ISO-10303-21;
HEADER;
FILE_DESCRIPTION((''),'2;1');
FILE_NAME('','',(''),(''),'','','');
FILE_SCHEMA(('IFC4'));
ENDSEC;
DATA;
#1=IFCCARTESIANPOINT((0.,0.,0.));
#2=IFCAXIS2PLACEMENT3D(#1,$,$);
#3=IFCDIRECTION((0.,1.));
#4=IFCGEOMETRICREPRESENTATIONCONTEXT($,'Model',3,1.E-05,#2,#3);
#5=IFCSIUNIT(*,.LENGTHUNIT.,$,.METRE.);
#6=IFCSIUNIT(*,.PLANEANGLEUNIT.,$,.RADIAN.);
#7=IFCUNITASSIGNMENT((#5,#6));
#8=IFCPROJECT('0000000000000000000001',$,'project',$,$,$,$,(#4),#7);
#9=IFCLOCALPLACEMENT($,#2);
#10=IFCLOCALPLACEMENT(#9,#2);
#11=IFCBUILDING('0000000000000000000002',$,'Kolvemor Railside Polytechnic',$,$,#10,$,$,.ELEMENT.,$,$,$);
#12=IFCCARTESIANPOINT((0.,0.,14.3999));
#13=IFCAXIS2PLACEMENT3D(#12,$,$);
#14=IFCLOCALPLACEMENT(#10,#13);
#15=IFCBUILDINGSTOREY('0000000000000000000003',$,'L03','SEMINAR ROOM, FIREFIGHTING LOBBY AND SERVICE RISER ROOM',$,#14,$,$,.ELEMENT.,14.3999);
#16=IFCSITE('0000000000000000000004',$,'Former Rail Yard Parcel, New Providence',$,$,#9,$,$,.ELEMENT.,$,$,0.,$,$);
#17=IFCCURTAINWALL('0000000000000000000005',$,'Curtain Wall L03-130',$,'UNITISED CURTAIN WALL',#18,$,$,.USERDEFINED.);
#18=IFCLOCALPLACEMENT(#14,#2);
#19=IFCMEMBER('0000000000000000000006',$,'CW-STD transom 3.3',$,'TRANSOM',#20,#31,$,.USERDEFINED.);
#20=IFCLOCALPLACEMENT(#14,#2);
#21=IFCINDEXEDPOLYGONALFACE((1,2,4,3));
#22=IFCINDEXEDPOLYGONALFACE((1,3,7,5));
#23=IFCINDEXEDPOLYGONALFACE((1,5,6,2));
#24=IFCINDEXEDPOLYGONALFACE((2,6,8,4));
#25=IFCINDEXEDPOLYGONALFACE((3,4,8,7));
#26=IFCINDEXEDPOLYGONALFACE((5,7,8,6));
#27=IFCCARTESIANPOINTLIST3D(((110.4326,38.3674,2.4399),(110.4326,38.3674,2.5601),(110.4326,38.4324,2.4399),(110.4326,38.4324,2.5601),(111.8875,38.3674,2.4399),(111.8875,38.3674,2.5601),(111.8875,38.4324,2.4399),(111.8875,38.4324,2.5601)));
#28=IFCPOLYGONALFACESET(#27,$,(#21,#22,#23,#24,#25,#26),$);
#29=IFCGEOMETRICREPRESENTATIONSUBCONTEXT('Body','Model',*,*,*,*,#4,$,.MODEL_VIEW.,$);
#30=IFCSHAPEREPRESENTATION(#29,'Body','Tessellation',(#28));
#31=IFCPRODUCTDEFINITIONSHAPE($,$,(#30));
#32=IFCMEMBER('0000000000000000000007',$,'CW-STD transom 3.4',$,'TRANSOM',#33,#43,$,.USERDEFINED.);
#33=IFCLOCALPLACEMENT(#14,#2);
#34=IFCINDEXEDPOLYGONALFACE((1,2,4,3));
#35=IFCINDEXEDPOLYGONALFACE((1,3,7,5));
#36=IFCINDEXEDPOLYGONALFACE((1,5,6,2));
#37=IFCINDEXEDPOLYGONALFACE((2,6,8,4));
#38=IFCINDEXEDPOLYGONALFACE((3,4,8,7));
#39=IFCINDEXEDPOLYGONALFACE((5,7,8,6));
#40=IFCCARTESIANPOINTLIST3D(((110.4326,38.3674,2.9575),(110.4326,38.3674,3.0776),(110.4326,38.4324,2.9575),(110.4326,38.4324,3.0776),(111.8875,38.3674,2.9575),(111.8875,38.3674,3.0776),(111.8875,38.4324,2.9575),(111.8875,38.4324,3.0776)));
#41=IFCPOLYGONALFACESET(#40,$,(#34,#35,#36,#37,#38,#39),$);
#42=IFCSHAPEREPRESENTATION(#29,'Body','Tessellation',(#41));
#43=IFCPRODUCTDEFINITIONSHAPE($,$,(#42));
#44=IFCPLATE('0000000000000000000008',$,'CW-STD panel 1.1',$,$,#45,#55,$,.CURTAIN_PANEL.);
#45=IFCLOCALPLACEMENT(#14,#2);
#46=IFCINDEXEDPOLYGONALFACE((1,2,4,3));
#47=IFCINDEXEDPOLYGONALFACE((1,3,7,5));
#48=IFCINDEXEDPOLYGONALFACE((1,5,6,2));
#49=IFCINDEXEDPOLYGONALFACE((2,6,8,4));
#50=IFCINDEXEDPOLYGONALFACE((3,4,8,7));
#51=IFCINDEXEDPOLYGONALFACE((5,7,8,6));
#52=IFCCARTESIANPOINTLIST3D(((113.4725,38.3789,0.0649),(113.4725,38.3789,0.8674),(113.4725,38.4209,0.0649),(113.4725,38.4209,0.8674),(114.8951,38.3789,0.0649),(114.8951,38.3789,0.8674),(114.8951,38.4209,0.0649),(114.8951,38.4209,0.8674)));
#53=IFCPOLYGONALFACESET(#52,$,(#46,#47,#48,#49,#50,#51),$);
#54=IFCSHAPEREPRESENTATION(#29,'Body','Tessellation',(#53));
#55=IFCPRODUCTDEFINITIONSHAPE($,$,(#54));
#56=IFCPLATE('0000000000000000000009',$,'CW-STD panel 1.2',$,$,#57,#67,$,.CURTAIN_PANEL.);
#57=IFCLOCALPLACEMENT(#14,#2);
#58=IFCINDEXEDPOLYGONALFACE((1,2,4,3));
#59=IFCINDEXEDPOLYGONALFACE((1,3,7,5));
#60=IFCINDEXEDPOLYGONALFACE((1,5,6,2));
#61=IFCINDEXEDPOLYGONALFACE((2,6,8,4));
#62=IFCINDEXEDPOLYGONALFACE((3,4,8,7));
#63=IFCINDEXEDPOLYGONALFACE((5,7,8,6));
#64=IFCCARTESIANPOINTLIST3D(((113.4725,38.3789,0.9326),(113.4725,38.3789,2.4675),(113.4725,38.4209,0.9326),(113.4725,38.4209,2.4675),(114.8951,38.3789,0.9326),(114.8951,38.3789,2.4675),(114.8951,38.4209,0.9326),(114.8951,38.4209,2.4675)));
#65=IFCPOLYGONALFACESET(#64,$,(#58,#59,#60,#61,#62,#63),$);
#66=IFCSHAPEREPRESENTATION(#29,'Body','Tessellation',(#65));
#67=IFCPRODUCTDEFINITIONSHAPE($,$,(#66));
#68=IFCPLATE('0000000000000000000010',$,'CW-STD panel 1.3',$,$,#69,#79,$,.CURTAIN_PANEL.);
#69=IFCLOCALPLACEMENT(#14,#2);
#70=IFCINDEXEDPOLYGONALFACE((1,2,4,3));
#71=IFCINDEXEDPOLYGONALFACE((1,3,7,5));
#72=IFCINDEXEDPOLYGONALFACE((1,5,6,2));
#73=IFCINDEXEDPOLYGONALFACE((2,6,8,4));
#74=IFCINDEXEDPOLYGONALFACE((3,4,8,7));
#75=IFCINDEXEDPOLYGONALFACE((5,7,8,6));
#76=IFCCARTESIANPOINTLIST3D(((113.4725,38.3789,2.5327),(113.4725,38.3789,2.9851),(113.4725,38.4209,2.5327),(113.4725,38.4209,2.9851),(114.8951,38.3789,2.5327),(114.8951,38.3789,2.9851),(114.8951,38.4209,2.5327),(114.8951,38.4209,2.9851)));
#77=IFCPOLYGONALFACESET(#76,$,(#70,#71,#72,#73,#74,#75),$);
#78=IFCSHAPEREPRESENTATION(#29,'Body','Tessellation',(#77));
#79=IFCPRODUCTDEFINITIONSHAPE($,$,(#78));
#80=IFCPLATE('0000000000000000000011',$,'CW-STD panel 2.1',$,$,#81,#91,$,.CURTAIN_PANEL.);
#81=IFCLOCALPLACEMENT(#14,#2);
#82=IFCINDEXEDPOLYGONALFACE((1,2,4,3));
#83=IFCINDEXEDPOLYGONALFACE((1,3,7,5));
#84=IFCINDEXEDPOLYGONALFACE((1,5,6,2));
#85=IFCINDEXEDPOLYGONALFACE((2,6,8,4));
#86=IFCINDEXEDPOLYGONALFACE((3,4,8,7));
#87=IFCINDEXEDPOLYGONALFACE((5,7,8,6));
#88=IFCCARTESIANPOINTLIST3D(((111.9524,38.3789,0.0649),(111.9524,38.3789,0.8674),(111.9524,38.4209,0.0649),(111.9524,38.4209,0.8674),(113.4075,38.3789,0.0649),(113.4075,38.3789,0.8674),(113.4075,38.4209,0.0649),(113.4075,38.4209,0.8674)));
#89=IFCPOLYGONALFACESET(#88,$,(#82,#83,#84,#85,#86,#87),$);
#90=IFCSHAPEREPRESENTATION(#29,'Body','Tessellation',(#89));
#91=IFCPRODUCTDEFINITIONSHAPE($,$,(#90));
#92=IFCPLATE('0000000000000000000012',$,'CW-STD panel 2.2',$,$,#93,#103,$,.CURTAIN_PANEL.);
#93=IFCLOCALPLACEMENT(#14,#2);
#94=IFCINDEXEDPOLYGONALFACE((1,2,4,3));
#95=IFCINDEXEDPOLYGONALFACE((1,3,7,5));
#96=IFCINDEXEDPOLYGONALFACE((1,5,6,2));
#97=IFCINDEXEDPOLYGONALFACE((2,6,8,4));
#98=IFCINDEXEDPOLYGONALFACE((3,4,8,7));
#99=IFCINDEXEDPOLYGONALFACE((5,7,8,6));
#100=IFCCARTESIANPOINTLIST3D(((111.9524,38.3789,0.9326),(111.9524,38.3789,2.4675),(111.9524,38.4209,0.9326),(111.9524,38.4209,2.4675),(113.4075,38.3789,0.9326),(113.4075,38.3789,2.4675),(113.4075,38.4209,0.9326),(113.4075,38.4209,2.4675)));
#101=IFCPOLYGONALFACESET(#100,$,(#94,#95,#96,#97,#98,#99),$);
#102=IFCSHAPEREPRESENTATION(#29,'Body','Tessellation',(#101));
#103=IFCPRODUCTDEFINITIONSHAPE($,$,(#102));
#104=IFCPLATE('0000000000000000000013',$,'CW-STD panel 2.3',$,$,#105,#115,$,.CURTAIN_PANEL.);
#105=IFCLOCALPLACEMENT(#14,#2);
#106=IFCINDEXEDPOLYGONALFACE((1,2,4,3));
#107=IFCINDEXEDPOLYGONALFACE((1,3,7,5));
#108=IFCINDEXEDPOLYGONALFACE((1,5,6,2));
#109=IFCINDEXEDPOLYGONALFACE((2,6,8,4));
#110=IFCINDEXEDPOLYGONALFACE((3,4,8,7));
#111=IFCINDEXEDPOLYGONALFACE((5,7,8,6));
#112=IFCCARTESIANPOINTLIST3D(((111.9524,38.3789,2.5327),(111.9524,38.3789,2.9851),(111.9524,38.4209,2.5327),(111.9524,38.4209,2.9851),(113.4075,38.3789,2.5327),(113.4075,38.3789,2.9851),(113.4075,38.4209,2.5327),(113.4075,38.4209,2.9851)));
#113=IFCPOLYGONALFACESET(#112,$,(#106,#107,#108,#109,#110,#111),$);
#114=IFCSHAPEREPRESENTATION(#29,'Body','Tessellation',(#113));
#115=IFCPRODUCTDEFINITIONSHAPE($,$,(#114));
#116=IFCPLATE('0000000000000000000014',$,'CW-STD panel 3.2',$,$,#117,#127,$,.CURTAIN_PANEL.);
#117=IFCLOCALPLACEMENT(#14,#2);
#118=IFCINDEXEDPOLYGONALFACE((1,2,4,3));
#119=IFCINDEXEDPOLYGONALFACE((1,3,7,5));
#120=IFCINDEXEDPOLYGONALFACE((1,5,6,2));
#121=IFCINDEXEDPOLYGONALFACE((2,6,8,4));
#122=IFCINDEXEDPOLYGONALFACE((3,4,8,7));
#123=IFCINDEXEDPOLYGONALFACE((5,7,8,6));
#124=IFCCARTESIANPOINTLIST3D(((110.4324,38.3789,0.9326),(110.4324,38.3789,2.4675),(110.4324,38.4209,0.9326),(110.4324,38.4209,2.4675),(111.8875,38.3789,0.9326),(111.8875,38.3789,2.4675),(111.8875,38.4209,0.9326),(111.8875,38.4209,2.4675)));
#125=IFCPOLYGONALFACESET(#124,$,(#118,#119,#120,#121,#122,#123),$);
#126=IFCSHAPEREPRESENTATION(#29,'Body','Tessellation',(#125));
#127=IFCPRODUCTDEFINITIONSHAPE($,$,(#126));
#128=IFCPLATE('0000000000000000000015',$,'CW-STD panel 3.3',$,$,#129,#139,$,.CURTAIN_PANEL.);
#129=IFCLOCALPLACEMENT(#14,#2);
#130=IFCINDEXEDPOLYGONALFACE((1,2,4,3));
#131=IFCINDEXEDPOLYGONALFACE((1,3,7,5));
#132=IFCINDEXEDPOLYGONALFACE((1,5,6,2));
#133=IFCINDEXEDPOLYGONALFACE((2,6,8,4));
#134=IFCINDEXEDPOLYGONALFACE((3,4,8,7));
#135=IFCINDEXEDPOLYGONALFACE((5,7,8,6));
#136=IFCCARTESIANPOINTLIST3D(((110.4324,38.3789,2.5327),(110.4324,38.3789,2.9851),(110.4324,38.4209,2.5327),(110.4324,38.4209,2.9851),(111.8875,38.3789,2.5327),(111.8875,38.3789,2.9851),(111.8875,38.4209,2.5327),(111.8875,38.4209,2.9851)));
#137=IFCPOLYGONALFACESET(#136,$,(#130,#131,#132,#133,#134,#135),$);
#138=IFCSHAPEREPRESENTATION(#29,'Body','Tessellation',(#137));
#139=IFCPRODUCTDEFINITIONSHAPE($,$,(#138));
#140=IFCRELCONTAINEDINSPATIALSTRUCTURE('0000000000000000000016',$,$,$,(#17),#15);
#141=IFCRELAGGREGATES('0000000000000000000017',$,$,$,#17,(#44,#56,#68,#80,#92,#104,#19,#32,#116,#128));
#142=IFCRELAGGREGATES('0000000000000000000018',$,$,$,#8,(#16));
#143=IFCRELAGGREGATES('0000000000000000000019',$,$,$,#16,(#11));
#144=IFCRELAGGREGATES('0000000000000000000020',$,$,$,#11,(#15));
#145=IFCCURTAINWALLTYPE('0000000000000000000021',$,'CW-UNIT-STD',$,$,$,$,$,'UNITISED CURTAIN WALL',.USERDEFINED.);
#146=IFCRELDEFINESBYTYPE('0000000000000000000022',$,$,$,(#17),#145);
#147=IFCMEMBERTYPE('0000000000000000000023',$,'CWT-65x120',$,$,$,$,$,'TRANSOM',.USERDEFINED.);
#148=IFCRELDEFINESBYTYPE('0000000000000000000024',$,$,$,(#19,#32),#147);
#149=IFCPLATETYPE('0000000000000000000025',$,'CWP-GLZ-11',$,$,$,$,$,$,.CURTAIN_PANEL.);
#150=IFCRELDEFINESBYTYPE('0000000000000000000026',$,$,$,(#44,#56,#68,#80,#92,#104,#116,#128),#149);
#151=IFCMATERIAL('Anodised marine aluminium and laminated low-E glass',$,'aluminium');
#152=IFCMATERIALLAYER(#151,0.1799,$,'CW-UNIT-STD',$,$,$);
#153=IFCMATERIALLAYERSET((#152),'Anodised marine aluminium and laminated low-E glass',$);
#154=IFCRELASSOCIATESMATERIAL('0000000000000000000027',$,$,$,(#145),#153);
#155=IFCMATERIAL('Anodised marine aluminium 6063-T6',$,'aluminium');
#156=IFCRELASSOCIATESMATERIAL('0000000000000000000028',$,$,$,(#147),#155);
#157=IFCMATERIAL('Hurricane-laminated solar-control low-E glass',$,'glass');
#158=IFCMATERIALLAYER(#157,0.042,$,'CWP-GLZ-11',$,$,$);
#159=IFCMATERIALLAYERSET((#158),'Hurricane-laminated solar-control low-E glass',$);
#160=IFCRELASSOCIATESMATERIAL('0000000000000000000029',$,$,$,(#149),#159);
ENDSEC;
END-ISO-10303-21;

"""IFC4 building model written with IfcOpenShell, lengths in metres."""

from ifc_helpers import new_model, si_unit, direction, frame, origin, origin_2d, place, context, subcontext, project, spatial, rectangle, extrude, material, layer, layer_set, material_profile, profile_set, type_object, element, aggregate, save


model = new_model("IFC4")

# Units and contexts
model_context = context("Model", 3, precision=1e-05, world=origin(), true_north=direction((0.0, 1.0)))
body_context = subcontext(model_context, "Body", "Model", "MODEL_VIEW")
ifc_project = project(units=[si_unit("LENGTHUNIT", "METRE"), si_unit("PLANEANGLEUNIT", "RADIAN")], contexts=[model_context])

# Site, building, storey
site_placement = place(None, origin())
site = spatial("IfcSite", under=ifc_project, at=site_placement, Name="Former Rail Yard Parcel, New Providence", CompositionType="ELEMENT", RefElevation=0.0)
building_placement = place(site_placement, origin())
building = spatial("IfcBuilding", under=site, at=building_placement, Name="Kolvemor Railside Polytechnic", CompositionType="ELEMENT")
storey_placement = place(building_placement, frame((0.0, 0.0, 14.3999)))
storey = spatial("IfcBuildingStorey", under=building, at=storey_placement, Name="L03", Description="SEMINAR ROOM, FIREFIGHTING LOBBY AND SERVICE RISER ROOM", CompositionType="ELEMENT", Elevation=14.3999)

# Curtain wall, members, plates
ifc_material_1 = material(Name="Anodised marine aluminium and laminated low-E glass", Category="aluminium")
ifc_layer_1 = layer(ifc_material_1, 0.1799, Name="CW-UNIT-STD")
ifc_layer_set_1 = layer_set([ifc_layer_1], Name="Anodised marine aluminium and laminated low-E glass")
curtain_wall_type = type_object("IfcCurtainWallType", Name="CW-UNIT-STD", ElementType="UNITISED CURTAIN WALL", PredefinedType="USERDEFINED", material=ifc_layer_set_1)
curtain_wall_placement = place(storey_placement, origin())
curtain_wall = element("IfcCurtainWall", 1, at=curtain_wall_placement, inside=storey, type_object=curtain_wall_type, Name="Curtain Wall L03-130", ObjectType="UNITISED CURTAIN WALL", PredefinedType="USERDEFINED")
ifc_material_2 = material(Name="Anodised marine aluminium 6063-T6", Category="aluminium")
ifc_material_profile_1 = material_profile(ifc_material_2, rectangle(XDim=0.0649, YDim=0.1201, at=origin_2d()), Name="CW-TRN-65x120")
ifc_profile_set_1 = profile_set([ifc_material_profile_1], Name="Anodised marine aluminium 6063-T6")
member_type_1 = type_object("IfcMemberType", Name="CWT-65x120", ElementType="TRANSOM", PredefinedType="USERDEFINED", material=ifc_profile_set_1)
member_1_placement = place(storey_placement, frame((111.8875, 38.3999, 2.5), z_axis=(-1.0, 0.0, 0.0), x_axis=(0.0, -1.0, 0.0)))
member_1 = element("IfcMember", 2, at=member_1_placement, type_object=member_type_1, Name="CW-STD transom 3.3", ObjectType="TRANSOM", PredefinedType="USERDEFINED", context=body_context, shape_type="SweptSolid", body=[
    extrude(rectangle(XDim=0.0649, YDim=0.1201, at=origin_2d()), origin(), (0.0, 0.0, 1.0), 1.4548),
])
member_2_placement = place(storey_placement, frame((111.8875, 38.3999, 3.0176), z_axis=(-1.0, 0.0, 0.0), x_axis=(0.0, -1.0, 0.0)))
member_2 = element("IfcMember", 3, at=member_2_placement, type_object=member_type_1, Name="CW-STD transom 3.4", ObjectType="TRANSOM", PredefinedType="USERDEFINED", context=body_context, shape_type="SweptSolid", body=[
    extrude(rectangle(XDim=0.0649, YDim=0.1201, at=origin_2d()), origin(), (0.0, 0.0, 1.0), 1.4548),
])
ifc_material_3 = material(Name="Hurricane-laminated solar-control low-E glass", Category="glass")
ifc_layer_2 = layer(ifc_material_3, 0.042, Name="CWP-GLZ-11")
ifc_layer_set_2 = layer_set([ifc_layer_2], Name="Hurricane-laminated solar-control low-E glass")
plate_type = type_object("IfcPlateType", Name="CWP-GLZ-11", PredefinedType="CURTAIN_PANEL", material=ifc_layer_set_2)
plate_1_placement = place(storey_placement, frame((114.1838, 38.3999, 0.0649), z_axis=(0.0, 0.0, 1.0), x_axis=(-1.0, 0.0, 0.0)))
plate_1 = element("IfcPlate", 4, at=plate_1_placement, type_object=plate_type, Name="CW-STD panel 1.1", PredefinedType="CURTAIN_PANEL", context=body_context, shape_type="SweptSolid", body=[
    extrude(rectangle(XDim=1.4226, YDim=0.042, at=origin_2d()), origin(), (0.0, 0.0, 1.0), 0.8025),
])
plate_2_placement = place(storey_placement, frame((114.1838, 38.3999, 0.9326), z_axis=(0.0, 0.0, 1.0), x_axis=(-1.0, 0.0, 0.0)))
plate_2 = element("IfcPlate", 5, at=plate_2_placement, type_object=plate_type, Name="CW-STD panel 1.2", PredefinedType="CURTAIN_PANEL", context=body_context, shape_type="SweptSolid", body=[
    extrude(rectangle(XDim=1.4226, YDim=0.042, at=origin_2d()), origin(), (0.0, 0.0, 1.0), 1.5349),
])
plate_3_placement = place(storey_placement, frame((114.1838, 38.3999, 2.5327), z_axis=(0.0, 0.0, 1.0), x_axis=(-1.0, 0.0, 0.0)))
plate_3 = element("IfcPlate", 6, at=plate_3_placement, type_object=plate_type, Name="CW-STD panel 1.3", PredefinedType="CURTAIN_PANEL", context=body_context, shape_type="SweptSolid", body=[
    extrude(rectangle(XDim=1.4226, YDim=0.042, at=origin_2d()), origin(), (0.0, 0.0, 1.0), 0.4524),
])
plate_4_placement = place(storey_placement, frame((112.6799, 38.3999, 0.0649), z_axis=(0.0, 0.0, 1.0), x_axis=(-1.0, 0.0, 0.0)))
plate_4 = element("IfcPlate", 7, at=plate_4_placement, type_object=plate_type, Name="CW-STD panel 2.1", PredefinedType="CURTAIN_PANEL", context=body_context, shape_type="SweptSolid", body=[
    extrude(rectangle(XDim=1.4551, YDim=0.042, at=origin_2d()), origin(), (0.0, 0.0, 1.0), 0.8025),
])
plate_5_placement = place(storey_placement, frame((112.6799, 38.3999, 0.9326), z_axis=(0.0, 0.0, 1.0), x_axis=(-1.0, 0.0, 0.0)))
plate_5 = element("IfcPlate", 8, at=plate_5_placement, type_object=plate_type, Name="CW-STD panel 2.2", PredefinedType="CURTAIN_PANEL", context=body_context, shape_type="SweptSolid", body=[
    extrude(rectangle(XDim=1.4551, YDim=0.042, at=origin_2d()), origin(), (0.0, 0.0, 1.0), 1.5349),
])
plate_6_placement = place(storey_placement, frame((112.6799, 38.3999, 2.5327), z_axis=(0.0, 0.0, 1.0), x_axis=(-1.0, 0.0, 0.0)))
plate_6 = element("IfcPlate", 9, at=plate_6_placement, type_object=plate_type, Name="CW-STD panel 2.3", PredefinedType="CURTAIN_PANEL", context=body_context, shape_type="SweptSolid", body=[
    extrude(rectangle(XDim=1.4551, YDim=0.042, at=origin_2d()), origin(), (0.0, 0.0, 1.0), 0.4524),
])
plate_7_placement = place(storey_placement, frame((111.1599, 38.3999, 0.9326), z_axis=(0.0, 0.0, 1.0), x_axis=(-1.0, 0.0, 0.0)))
plate_7 = element("IfcPlate", 10, at=plate_7_placement, type_object=plate_type, Name="CW-STD panel 3.2", PredefinedType="CURTAIN_PANEL", context=body_context, shape_type="SweptSolid", body=[
    extrude(rectangle(XDim=1.4551, YDim=0.042, at=origin_2d()), origin(), (0.0, 0.0, 1.0), 1.5349),
])
plate_8_placement = place(storey_placement, frame((111.1599, 38.3999, 2.5327), z_axis=(0.0, 0.0, 1.0), x_axis=(-1.0, 0.0, 0.0)))
plate_8 = element("IfcPlate", 11, at=plate_8_placement, type_object=plate_type, Name="CW-STD panel 3.3", PredefinedType="CURTAIN_PANEL", context=body_context, shape_type="SweptSolid", body=[
    extrude(rectangle(XDim=1.4551, YDim=0.042, at=origin_2d()), origin(), (0.0, 0.0, 1.0), 0.4524),
])
aggregate(curtain_wall, [plate_1, plate_2, plate_3, plate_4, plate_5, plate_6, member_1, member_2, plate_7, plate_8])

save(model, "model.ifc")
